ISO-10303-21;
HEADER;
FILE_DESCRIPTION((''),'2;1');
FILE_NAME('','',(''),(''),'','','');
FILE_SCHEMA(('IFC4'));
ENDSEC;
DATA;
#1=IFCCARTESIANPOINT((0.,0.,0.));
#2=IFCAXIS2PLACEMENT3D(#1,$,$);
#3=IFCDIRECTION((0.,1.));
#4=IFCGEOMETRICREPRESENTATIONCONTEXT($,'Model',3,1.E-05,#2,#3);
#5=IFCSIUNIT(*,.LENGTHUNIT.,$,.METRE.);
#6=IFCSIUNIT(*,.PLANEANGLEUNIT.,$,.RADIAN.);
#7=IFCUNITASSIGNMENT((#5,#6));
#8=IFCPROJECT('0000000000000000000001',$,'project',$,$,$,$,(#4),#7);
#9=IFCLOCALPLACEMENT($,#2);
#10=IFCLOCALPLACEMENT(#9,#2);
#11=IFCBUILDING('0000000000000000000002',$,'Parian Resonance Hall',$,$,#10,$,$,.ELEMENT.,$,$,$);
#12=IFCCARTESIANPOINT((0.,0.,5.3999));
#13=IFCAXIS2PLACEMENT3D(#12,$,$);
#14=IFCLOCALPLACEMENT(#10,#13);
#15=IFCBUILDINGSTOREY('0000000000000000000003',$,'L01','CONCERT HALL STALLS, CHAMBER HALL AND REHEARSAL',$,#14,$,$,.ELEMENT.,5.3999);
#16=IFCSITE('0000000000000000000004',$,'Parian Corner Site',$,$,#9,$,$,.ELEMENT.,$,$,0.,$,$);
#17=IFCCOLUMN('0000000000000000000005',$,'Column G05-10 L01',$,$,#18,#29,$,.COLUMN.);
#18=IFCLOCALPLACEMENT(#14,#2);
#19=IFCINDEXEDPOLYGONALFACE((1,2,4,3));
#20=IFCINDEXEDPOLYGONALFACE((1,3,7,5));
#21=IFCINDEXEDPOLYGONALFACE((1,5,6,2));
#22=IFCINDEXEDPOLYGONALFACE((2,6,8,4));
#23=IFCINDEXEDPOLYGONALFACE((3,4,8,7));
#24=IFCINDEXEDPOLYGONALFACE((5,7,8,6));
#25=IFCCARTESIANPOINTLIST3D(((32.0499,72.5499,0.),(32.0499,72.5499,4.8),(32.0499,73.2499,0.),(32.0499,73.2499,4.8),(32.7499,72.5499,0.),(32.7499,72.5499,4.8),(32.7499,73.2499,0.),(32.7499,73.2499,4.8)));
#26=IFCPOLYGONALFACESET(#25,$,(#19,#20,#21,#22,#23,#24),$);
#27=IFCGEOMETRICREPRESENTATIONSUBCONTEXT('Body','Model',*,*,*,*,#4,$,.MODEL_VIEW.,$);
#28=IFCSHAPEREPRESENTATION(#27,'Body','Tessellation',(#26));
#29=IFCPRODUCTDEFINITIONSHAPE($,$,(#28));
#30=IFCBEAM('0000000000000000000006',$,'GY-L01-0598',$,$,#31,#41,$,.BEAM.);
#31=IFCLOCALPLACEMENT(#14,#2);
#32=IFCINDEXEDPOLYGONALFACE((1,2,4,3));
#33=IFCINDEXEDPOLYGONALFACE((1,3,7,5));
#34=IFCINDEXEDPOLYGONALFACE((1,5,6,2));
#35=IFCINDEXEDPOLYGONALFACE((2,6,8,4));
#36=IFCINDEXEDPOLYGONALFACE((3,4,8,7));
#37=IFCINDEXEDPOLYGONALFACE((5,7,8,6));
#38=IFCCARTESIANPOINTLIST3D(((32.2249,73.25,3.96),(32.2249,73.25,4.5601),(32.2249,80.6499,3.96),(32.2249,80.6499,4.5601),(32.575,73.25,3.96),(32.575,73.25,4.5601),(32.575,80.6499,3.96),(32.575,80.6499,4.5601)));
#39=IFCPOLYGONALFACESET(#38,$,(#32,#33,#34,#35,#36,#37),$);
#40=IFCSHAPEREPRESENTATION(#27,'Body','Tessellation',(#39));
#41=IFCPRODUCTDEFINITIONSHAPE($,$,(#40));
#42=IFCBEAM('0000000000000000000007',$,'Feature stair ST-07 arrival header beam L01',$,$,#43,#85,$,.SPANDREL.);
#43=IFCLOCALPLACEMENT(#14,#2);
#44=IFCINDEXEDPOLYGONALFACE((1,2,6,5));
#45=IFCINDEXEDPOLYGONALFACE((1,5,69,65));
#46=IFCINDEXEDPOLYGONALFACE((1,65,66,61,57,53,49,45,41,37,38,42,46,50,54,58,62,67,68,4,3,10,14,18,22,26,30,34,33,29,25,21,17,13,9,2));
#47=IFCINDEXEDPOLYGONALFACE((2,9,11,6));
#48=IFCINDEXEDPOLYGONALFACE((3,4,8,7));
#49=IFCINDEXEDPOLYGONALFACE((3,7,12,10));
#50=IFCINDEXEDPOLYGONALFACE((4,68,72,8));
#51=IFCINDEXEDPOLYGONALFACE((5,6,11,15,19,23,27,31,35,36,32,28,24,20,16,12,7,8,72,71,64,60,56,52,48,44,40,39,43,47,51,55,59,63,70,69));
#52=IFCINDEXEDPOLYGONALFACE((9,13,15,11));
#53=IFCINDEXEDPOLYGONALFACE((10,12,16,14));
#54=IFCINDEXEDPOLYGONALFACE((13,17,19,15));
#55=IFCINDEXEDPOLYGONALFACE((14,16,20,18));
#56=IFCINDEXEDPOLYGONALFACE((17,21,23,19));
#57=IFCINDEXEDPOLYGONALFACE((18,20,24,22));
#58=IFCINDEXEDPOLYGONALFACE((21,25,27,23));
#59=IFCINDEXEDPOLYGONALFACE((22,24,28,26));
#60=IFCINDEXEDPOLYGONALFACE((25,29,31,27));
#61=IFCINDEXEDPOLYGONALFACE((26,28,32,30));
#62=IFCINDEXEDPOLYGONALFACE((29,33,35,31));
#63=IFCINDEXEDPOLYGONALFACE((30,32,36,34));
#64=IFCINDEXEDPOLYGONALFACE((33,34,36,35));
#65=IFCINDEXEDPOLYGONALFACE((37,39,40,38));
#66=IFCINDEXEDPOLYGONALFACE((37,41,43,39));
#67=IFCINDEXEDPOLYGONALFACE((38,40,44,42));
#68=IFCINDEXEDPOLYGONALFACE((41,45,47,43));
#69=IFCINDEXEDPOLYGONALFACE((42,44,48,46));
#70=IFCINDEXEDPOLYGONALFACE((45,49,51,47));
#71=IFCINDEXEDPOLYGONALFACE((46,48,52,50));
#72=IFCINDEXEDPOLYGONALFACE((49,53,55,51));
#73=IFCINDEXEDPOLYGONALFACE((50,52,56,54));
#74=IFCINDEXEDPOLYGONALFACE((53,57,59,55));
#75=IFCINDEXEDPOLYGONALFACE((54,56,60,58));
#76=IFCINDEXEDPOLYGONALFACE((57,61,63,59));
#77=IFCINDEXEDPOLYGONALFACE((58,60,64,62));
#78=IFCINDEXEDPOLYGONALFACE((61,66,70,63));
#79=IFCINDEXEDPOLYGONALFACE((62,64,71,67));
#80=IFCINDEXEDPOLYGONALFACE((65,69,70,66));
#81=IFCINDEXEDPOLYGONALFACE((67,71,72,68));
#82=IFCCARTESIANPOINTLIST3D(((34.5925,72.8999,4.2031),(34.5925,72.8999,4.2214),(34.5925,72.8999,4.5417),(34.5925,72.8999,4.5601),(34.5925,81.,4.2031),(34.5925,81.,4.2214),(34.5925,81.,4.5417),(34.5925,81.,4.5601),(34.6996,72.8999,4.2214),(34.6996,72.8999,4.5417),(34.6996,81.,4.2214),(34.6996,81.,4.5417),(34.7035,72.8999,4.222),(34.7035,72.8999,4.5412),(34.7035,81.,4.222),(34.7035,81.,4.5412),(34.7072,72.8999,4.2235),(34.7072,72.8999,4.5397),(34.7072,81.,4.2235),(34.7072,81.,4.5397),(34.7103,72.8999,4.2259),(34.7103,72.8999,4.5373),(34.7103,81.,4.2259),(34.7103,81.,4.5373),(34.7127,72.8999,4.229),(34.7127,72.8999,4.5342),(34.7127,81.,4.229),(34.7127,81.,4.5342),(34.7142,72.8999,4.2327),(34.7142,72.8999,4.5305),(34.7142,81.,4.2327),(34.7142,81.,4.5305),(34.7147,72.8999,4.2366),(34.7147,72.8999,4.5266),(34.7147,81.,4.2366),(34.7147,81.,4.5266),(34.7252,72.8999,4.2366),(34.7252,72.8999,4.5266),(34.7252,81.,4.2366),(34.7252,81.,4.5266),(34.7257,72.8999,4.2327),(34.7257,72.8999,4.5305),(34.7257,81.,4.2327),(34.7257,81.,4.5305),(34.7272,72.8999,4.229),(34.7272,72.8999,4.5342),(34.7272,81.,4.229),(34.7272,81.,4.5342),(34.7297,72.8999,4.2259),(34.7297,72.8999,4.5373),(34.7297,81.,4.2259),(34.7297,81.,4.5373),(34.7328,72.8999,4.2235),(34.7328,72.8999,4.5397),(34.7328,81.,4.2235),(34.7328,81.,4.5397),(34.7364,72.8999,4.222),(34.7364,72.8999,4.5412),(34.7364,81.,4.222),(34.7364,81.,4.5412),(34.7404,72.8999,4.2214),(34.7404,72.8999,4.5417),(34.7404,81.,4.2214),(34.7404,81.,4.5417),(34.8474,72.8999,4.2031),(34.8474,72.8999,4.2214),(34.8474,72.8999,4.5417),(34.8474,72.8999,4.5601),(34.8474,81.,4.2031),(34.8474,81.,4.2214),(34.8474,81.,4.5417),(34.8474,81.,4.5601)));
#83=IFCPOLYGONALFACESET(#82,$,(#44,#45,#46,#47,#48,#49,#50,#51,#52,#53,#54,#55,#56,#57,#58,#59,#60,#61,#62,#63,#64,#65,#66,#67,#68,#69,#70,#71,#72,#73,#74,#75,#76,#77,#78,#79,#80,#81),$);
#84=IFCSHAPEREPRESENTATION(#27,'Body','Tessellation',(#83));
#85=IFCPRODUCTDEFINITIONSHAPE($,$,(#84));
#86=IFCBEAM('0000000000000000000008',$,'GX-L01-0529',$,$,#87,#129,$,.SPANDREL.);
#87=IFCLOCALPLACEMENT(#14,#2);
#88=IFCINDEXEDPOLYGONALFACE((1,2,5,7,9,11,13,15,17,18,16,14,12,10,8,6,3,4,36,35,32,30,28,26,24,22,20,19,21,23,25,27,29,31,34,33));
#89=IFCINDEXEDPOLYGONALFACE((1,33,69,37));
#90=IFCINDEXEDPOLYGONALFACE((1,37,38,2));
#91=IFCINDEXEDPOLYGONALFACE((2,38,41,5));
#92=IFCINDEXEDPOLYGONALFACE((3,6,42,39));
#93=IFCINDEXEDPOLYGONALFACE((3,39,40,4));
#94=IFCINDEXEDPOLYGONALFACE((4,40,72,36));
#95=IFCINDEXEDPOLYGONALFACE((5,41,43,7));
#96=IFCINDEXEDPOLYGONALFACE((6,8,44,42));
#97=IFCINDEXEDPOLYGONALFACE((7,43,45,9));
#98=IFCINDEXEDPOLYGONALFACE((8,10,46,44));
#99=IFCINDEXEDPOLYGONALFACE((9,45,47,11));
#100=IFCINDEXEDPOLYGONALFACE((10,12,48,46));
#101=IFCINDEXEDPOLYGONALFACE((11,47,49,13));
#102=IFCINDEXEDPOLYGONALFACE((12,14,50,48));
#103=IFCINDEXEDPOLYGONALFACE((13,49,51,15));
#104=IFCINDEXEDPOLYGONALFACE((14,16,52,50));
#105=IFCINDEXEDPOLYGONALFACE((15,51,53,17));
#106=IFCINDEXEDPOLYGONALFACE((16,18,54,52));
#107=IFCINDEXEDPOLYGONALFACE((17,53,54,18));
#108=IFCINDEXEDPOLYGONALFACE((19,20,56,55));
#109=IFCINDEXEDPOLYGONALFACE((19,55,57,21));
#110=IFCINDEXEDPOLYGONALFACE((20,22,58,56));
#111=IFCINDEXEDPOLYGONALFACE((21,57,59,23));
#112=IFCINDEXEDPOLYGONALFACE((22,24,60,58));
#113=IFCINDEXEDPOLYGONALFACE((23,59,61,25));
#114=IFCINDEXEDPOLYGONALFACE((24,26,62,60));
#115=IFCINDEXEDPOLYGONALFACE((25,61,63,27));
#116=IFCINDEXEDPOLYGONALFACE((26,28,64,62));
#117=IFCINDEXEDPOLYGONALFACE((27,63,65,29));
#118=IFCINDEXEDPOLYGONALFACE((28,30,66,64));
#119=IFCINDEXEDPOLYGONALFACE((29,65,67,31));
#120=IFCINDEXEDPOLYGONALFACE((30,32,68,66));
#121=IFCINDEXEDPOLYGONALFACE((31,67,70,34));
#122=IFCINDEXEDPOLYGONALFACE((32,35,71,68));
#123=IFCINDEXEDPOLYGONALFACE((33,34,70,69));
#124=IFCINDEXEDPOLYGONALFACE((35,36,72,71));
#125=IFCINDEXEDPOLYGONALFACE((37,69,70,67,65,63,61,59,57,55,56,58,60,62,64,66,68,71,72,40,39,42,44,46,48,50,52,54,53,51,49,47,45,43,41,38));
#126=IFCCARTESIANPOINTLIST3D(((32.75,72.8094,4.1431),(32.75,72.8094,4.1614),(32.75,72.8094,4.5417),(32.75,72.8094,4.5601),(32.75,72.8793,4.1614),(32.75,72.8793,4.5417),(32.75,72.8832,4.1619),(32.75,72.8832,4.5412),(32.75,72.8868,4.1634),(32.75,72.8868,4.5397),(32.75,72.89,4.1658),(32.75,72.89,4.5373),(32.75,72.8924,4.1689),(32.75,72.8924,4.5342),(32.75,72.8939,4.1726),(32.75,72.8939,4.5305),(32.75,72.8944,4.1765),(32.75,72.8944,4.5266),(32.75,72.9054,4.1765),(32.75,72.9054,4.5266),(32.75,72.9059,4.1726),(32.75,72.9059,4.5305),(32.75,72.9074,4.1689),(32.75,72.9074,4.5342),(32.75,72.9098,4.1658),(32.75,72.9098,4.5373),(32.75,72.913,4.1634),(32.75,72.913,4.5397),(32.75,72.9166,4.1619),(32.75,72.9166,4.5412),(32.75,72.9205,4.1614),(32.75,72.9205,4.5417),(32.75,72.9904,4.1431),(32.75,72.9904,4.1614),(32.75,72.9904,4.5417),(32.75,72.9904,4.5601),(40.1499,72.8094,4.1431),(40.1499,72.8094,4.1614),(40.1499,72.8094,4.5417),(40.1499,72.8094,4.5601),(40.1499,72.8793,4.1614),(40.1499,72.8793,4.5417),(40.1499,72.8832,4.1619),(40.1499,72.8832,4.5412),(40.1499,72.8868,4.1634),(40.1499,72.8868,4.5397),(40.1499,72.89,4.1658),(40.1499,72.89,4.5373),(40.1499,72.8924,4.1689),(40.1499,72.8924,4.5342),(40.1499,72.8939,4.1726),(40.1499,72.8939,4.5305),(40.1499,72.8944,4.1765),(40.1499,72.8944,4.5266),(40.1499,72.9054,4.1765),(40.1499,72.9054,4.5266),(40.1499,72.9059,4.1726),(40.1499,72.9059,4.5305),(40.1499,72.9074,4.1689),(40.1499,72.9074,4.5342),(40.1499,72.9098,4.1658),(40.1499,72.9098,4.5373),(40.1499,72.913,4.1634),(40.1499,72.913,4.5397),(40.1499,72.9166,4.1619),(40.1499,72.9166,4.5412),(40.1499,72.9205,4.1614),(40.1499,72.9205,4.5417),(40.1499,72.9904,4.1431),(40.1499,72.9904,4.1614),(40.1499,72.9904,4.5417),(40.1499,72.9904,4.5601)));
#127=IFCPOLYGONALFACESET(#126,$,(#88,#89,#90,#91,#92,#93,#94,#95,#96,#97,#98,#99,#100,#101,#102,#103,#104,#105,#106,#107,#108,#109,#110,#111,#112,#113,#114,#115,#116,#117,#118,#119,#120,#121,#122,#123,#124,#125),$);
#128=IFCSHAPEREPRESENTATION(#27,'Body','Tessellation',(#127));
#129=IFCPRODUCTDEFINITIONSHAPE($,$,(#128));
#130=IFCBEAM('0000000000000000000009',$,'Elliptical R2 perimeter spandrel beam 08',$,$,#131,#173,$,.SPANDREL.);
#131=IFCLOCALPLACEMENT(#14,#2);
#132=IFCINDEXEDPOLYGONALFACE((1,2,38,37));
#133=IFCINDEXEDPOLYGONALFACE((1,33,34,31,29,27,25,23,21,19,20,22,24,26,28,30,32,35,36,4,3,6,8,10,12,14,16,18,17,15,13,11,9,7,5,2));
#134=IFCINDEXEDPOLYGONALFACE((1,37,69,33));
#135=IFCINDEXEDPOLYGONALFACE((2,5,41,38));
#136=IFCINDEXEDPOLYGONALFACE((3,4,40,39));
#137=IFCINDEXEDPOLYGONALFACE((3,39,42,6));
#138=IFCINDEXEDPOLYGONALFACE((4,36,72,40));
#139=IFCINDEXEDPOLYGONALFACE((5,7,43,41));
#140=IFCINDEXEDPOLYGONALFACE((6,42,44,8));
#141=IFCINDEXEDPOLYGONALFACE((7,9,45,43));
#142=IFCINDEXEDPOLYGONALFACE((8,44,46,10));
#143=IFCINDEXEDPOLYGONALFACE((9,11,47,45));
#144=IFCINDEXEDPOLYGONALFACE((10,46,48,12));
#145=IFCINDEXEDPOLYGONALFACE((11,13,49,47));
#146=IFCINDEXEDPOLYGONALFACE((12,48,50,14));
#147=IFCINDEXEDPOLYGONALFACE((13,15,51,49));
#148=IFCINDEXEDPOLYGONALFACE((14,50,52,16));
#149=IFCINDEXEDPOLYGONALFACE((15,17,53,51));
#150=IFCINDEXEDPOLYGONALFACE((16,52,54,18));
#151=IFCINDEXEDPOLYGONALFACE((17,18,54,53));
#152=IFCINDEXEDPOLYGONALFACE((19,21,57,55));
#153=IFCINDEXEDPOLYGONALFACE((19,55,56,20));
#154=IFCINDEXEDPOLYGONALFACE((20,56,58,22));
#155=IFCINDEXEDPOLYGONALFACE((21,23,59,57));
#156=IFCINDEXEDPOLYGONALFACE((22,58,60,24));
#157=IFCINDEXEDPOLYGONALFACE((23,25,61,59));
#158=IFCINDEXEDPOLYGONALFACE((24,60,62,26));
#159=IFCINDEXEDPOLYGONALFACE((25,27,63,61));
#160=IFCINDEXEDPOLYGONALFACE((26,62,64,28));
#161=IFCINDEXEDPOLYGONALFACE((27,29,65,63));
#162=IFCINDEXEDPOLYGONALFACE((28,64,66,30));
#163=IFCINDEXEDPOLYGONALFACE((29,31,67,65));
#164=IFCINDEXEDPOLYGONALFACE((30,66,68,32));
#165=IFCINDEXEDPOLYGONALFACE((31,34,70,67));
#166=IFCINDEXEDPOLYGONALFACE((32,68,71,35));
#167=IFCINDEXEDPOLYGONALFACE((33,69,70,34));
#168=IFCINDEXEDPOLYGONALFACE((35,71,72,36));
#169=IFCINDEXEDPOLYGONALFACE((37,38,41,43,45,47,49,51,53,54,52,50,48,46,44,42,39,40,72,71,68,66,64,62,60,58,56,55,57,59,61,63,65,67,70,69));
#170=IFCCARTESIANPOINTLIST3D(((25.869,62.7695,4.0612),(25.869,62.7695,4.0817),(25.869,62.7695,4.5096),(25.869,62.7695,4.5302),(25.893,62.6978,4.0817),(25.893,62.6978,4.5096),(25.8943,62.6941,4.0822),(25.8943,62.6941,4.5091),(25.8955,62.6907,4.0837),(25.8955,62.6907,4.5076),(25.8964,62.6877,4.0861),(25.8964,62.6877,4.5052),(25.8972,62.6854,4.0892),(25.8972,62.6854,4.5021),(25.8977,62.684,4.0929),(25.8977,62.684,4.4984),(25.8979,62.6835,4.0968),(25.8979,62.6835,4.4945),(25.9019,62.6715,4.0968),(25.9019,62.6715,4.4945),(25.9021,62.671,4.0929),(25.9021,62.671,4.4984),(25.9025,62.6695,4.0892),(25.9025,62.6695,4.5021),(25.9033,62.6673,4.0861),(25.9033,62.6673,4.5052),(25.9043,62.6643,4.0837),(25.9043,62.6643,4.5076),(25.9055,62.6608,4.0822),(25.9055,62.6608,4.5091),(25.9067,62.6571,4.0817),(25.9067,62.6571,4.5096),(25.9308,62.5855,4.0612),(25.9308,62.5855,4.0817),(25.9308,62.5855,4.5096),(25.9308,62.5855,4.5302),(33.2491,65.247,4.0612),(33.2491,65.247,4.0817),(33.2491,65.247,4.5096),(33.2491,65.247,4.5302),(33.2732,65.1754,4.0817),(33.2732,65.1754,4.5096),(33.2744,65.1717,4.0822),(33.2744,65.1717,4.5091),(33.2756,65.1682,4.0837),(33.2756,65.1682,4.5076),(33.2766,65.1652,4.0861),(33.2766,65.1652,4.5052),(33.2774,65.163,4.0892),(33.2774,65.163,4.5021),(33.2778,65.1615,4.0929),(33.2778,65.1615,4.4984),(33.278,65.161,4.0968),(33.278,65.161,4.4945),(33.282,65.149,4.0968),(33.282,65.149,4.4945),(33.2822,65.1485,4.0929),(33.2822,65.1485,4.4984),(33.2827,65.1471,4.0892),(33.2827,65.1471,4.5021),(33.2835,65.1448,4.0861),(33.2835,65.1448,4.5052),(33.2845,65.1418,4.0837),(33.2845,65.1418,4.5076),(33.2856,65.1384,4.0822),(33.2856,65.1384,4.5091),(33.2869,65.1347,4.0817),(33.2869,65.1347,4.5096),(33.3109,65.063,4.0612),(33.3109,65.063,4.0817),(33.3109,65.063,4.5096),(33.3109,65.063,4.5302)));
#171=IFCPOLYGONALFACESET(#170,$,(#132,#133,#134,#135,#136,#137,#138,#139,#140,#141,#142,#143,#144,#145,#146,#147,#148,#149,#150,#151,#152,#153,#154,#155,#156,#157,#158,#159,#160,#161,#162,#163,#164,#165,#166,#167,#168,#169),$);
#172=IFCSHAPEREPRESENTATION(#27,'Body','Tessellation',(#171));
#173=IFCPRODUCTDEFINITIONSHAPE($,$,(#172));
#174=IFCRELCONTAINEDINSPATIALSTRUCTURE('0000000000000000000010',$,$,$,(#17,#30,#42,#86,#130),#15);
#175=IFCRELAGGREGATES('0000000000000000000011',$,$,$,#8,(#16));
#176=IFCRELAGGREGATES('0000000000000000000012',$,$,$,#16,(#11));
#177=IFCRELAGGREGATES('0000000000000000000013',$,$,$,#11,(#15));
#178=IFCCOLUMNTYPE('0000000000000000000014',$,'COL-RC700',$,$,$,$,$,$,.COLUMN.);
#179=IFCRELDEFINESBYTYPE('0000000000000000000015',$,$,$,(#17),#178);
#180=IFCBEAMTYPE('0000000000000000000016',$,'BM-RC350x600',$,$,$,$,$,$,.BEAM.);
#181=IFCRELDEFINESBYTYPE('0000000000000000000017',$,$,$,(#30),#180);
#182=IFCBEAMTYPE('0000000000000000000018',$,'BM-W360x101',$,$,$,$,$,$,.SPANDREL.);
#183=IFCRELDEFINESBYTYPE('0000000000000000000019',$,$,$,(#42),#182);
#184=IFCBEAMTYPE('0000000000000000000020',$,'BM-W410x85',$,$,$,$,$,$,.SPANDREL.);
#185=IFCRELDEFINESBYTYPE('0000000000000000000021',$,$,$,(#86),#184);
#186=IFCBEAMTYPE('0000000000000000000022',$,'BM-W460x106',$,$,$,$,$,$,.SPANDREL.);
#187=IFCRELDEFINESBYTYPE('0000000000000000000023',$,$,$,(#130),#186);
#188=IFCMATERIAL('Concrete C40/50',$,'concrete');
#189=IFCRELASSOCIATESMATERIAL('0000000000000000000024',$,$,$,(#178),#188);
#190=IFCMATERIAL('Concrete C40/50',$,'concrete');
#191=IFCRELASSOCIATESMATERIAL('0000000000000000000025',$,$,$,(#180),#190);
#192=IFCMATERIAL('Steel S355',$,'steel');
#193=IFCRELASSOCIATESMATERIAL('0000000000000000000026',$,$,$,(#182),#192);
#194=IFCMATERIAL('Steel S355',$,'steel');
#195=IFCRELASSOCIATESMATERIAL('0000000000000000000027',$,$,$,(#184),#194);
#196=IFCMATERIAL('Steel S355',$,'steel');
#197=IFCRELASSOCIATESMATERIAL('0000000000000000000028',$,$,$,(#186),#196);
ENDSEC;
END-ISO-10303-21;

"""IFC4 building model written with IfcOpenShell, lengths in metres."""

from ifc_helpers import new_model, si_unit, direction, frame, origin, origin_2d, place, context, subcontext, project, spatial, rectangle, i_section, extrude, material, material_profile, profile_set, type_object, element, save


model = new_model("IFC4")

# Units and contexts
model_context = context("Model", 3, precision=1e-05, world=origin(), true_north=direction((0.0, 1.0)))
body_context = subcontext(model_context, "Body", "Model", "MODEL_VIEW")
ifc_project = project(units=[si_unit("LENGTHUNIT", "METRE"), si_unit("PLANEANGLEUNIT", "RADIAN")], contexts=[model_context])

# Site, building, storey
site_placement = place(None, origin())
site = spatial("IfcSite", under=ifc_project, at=site_placement, Name="Parian Corner Site", CompositionType="ELEMENT", RefElevation=0.0)
building_placement = place(site_placement, origin())
building = spatial("IfcBuilding", under=site, at=building_placement, Name="Parian Resonance Hall", CompositionType="ELEMENT")
storey_placement = place(building_placement, frame((0.0, 0.0, 5.3999)))
storey = spatial("IfcBuildingStorey", under=building, at=storey_placement, Name="L01", Description="CONCERT HALL STALLS, CHAMBER HALL AND REHEARSAL", CompositionType="ELEMENT", Elevation=5.3999)

# Column
ifc_material_1 = material(Name="Concrete C40/50", Category="concrete")
ifc_material_profile_1 = material_profile(ifc_material_1, rectangle(XDim=0.7, YDim=0.7, at=origin_2d()), Name="RC-COL-700x700")
ifc_profile_set_1 = profile_set([ifc_material_profile_1], Name="Concrete C40/50")
column_type = type_object("IfcColumnType", Name="COL-RC700", PredefinedType="COLUMN", material=ifc_profile_set_1)
column_placement = place(storey_placement, frame((32.3999, 72.8999, 0.0), z_axis=(0.0, 0.0, 1.0), x_axis=(1.0, 0.0, 0.0)))
element("IfcColumn", 1, at=column_placement, inside=storey, type_object=column_type, Name="Column G05-10 L01", PredefinedType="COLUMN", context=body_context, shape_type="SweptSolid", body=[
    extrude(rectangle(XDim=0.7, YDim=0.7, at=origin_2d()), origin(), (0.0, 0.0, 1.0), 4.8),
])

# Beams
ifc_material_2 = material(Name="Concrete C40/50", Category="concrete")
ifc_material_profile_2 = material_profile(ifc_material_2, rectangle(XDim=0.3501, YDim=0.6001, at=origin_2d()), Name="RC-BM-350x600")
ifc_profile_set_2 = profile_set([ifc_material_profile_2], Name="Concrete C40/50")
beam_type_1 = type_object("IfcBeamType", Name="BM-RC350x600", PredefinedType="BEAM", material=ifc_profile_set_2)
beam_1_placement = place(storey_placement, frame((32.3999, 73.25, 4.26), z_axis=(0.0, 1.0, 0.0), x_axis=(-1.0, 0.0, 0.0)))
element("IfcBeam", 2, at=beam_1_placement, inside=storey, type_object=beam_type_1, Name="GY-L01-0598", PredefinedType="BEAM", context=body_context, shape_type="SweptSolid", body=[
    extrude(rectangle(XDim=0.3501, YDim=0.6001, at=origin_2d()), origin(), (0.0, 0.0, 1.0), 7.3999),
])
ifc_material_3 = material(Name="Steel S355", Category="steel")
ifc_material_profile_3 = material_profile(ifc_material_3, i_section(OverallWidth=0.2549, OverallDepth=0.3569, WebThickness=0.0105, FlangeThickness=0.0183, FilletRadius=0.0151, at=origin_2d()), Name="W360x101")
ifc_profile_set_3 = profile_set([ifc_material_profile_3], Name="Steel S355")
beam_type_2 = type_object("IfcBeamType", Name="BM-W360x101", PredefinedType="SPANDREL", material=ifc_profile_set_3)
beam_2_placement = place(storey_placement, frame((34.72, 72.8999, 4.3816), z_axis=(0.0, 1.0, 0.0), x_axis=(-1.0, 0.0, 0.0)))
element("IfcBeam", 3, at=beam_2_placement, inside=storey, type_object=beam_type_2, Name="Feature stair ST-07 arrival header beam L01", PredefinedType="SPANDREL", context=body_context, shape_type="SweptSolid", body=[
    extrude(i_section(OverallWidth=0.2549, OverallDepth=0.3569, WebThickness=0.0105, FlangeThickness=0.0183, FilletRadius=0.0151, at=origin_2d()), origin(), (0.0, 0.0, 1.0), 8.1001),
])
ifc_material_4 = material(Name="Steel S355", Category="steel")
ifc_material_profile_4 = material_profile(ifc_material_4, i_section(OverallWidth=0.1809, OverallDepth=0.417, WebThickness=0.011, FlangeThickness=0.0183, FilletRadius=0.0151, at=origin_2d()), Name="W410x85")
ifc_profile_set_4 = profile_set([ifc_material_profile_4], Name="Steel S355")
beam_type_3 = type_object("IfcBeamType", Name="BM-W410x85", PredefinedType="SPANDREL", material=ifc_profile_set_4)
beam_3_placement = place(storey_placement, frame((32.75, 72.8999, 4.3516), z_axis=(1.0, 0.0, 0.0), x_axis=(0.0, 1.0, 0.0)))
element("IfcBeam", 4, at=beam_3_placement, inside=storey, type_object=beam_type_3, Name="GX-L01-0529", PredefinedType="SPANDREL", context=body_context, shape_type="SweptSolid", body=[
    extrude(i_section(OverallWidth=0.1809, OverallDepth=0.417, WebThickness=0.011, FlangeThickness=0.0183, FilletRadius=0.0151, at=origin_2d()), origin(), (0.0, 0.0, 1.0), 7.3999),
])
ifc_material_5 = material(Name="Steel S355", Category="steel")
ifc_material_profile_5 = material_profile(ifc_material_5, i_section(OverallWidth=0.1941, OverallDepth=0.469, WebThickness=0.0127, FlangeThickness=0.0205, FilletRadius=0.0151, at=origin_2d()), Name="W460x106")
ifc_profile_set_5 = profile_set([ifc_material_profile_5], Name="Steel S355")
beam_type_4 = type_object("IfcBeamType", Name="BM-W460x106", PredefinedType="SPANDREL", material=ifc_profile_set_5)
beam_4_placement = place(storey_placement, frame((33.28, 65.155, 4.2957), z_axis=(-0.948007, -0.31825, 0.0), x_axis=(0.31825, -0.948007, 0.0)))
element("IfcBeam", 5, at=beam_4_placement, inside=storey, type_object=beam_type_4, Name="Elliptical R2 perimeter spandrel beam 08", PredefinedType="SPANDREL", context=body_context, shape_type="SweptSolid", body=[
    extrude(i_section(OverallWidth=0.1941, OverallDepth=0.469, WebThickness=0.0127, FlangeThickness=0.0205, FilletRadius=0.0151, at=origin_2d()), origin(), (0.0, 0.0, 1.0), 7.7849),
])

save(model, "model.ifc")
